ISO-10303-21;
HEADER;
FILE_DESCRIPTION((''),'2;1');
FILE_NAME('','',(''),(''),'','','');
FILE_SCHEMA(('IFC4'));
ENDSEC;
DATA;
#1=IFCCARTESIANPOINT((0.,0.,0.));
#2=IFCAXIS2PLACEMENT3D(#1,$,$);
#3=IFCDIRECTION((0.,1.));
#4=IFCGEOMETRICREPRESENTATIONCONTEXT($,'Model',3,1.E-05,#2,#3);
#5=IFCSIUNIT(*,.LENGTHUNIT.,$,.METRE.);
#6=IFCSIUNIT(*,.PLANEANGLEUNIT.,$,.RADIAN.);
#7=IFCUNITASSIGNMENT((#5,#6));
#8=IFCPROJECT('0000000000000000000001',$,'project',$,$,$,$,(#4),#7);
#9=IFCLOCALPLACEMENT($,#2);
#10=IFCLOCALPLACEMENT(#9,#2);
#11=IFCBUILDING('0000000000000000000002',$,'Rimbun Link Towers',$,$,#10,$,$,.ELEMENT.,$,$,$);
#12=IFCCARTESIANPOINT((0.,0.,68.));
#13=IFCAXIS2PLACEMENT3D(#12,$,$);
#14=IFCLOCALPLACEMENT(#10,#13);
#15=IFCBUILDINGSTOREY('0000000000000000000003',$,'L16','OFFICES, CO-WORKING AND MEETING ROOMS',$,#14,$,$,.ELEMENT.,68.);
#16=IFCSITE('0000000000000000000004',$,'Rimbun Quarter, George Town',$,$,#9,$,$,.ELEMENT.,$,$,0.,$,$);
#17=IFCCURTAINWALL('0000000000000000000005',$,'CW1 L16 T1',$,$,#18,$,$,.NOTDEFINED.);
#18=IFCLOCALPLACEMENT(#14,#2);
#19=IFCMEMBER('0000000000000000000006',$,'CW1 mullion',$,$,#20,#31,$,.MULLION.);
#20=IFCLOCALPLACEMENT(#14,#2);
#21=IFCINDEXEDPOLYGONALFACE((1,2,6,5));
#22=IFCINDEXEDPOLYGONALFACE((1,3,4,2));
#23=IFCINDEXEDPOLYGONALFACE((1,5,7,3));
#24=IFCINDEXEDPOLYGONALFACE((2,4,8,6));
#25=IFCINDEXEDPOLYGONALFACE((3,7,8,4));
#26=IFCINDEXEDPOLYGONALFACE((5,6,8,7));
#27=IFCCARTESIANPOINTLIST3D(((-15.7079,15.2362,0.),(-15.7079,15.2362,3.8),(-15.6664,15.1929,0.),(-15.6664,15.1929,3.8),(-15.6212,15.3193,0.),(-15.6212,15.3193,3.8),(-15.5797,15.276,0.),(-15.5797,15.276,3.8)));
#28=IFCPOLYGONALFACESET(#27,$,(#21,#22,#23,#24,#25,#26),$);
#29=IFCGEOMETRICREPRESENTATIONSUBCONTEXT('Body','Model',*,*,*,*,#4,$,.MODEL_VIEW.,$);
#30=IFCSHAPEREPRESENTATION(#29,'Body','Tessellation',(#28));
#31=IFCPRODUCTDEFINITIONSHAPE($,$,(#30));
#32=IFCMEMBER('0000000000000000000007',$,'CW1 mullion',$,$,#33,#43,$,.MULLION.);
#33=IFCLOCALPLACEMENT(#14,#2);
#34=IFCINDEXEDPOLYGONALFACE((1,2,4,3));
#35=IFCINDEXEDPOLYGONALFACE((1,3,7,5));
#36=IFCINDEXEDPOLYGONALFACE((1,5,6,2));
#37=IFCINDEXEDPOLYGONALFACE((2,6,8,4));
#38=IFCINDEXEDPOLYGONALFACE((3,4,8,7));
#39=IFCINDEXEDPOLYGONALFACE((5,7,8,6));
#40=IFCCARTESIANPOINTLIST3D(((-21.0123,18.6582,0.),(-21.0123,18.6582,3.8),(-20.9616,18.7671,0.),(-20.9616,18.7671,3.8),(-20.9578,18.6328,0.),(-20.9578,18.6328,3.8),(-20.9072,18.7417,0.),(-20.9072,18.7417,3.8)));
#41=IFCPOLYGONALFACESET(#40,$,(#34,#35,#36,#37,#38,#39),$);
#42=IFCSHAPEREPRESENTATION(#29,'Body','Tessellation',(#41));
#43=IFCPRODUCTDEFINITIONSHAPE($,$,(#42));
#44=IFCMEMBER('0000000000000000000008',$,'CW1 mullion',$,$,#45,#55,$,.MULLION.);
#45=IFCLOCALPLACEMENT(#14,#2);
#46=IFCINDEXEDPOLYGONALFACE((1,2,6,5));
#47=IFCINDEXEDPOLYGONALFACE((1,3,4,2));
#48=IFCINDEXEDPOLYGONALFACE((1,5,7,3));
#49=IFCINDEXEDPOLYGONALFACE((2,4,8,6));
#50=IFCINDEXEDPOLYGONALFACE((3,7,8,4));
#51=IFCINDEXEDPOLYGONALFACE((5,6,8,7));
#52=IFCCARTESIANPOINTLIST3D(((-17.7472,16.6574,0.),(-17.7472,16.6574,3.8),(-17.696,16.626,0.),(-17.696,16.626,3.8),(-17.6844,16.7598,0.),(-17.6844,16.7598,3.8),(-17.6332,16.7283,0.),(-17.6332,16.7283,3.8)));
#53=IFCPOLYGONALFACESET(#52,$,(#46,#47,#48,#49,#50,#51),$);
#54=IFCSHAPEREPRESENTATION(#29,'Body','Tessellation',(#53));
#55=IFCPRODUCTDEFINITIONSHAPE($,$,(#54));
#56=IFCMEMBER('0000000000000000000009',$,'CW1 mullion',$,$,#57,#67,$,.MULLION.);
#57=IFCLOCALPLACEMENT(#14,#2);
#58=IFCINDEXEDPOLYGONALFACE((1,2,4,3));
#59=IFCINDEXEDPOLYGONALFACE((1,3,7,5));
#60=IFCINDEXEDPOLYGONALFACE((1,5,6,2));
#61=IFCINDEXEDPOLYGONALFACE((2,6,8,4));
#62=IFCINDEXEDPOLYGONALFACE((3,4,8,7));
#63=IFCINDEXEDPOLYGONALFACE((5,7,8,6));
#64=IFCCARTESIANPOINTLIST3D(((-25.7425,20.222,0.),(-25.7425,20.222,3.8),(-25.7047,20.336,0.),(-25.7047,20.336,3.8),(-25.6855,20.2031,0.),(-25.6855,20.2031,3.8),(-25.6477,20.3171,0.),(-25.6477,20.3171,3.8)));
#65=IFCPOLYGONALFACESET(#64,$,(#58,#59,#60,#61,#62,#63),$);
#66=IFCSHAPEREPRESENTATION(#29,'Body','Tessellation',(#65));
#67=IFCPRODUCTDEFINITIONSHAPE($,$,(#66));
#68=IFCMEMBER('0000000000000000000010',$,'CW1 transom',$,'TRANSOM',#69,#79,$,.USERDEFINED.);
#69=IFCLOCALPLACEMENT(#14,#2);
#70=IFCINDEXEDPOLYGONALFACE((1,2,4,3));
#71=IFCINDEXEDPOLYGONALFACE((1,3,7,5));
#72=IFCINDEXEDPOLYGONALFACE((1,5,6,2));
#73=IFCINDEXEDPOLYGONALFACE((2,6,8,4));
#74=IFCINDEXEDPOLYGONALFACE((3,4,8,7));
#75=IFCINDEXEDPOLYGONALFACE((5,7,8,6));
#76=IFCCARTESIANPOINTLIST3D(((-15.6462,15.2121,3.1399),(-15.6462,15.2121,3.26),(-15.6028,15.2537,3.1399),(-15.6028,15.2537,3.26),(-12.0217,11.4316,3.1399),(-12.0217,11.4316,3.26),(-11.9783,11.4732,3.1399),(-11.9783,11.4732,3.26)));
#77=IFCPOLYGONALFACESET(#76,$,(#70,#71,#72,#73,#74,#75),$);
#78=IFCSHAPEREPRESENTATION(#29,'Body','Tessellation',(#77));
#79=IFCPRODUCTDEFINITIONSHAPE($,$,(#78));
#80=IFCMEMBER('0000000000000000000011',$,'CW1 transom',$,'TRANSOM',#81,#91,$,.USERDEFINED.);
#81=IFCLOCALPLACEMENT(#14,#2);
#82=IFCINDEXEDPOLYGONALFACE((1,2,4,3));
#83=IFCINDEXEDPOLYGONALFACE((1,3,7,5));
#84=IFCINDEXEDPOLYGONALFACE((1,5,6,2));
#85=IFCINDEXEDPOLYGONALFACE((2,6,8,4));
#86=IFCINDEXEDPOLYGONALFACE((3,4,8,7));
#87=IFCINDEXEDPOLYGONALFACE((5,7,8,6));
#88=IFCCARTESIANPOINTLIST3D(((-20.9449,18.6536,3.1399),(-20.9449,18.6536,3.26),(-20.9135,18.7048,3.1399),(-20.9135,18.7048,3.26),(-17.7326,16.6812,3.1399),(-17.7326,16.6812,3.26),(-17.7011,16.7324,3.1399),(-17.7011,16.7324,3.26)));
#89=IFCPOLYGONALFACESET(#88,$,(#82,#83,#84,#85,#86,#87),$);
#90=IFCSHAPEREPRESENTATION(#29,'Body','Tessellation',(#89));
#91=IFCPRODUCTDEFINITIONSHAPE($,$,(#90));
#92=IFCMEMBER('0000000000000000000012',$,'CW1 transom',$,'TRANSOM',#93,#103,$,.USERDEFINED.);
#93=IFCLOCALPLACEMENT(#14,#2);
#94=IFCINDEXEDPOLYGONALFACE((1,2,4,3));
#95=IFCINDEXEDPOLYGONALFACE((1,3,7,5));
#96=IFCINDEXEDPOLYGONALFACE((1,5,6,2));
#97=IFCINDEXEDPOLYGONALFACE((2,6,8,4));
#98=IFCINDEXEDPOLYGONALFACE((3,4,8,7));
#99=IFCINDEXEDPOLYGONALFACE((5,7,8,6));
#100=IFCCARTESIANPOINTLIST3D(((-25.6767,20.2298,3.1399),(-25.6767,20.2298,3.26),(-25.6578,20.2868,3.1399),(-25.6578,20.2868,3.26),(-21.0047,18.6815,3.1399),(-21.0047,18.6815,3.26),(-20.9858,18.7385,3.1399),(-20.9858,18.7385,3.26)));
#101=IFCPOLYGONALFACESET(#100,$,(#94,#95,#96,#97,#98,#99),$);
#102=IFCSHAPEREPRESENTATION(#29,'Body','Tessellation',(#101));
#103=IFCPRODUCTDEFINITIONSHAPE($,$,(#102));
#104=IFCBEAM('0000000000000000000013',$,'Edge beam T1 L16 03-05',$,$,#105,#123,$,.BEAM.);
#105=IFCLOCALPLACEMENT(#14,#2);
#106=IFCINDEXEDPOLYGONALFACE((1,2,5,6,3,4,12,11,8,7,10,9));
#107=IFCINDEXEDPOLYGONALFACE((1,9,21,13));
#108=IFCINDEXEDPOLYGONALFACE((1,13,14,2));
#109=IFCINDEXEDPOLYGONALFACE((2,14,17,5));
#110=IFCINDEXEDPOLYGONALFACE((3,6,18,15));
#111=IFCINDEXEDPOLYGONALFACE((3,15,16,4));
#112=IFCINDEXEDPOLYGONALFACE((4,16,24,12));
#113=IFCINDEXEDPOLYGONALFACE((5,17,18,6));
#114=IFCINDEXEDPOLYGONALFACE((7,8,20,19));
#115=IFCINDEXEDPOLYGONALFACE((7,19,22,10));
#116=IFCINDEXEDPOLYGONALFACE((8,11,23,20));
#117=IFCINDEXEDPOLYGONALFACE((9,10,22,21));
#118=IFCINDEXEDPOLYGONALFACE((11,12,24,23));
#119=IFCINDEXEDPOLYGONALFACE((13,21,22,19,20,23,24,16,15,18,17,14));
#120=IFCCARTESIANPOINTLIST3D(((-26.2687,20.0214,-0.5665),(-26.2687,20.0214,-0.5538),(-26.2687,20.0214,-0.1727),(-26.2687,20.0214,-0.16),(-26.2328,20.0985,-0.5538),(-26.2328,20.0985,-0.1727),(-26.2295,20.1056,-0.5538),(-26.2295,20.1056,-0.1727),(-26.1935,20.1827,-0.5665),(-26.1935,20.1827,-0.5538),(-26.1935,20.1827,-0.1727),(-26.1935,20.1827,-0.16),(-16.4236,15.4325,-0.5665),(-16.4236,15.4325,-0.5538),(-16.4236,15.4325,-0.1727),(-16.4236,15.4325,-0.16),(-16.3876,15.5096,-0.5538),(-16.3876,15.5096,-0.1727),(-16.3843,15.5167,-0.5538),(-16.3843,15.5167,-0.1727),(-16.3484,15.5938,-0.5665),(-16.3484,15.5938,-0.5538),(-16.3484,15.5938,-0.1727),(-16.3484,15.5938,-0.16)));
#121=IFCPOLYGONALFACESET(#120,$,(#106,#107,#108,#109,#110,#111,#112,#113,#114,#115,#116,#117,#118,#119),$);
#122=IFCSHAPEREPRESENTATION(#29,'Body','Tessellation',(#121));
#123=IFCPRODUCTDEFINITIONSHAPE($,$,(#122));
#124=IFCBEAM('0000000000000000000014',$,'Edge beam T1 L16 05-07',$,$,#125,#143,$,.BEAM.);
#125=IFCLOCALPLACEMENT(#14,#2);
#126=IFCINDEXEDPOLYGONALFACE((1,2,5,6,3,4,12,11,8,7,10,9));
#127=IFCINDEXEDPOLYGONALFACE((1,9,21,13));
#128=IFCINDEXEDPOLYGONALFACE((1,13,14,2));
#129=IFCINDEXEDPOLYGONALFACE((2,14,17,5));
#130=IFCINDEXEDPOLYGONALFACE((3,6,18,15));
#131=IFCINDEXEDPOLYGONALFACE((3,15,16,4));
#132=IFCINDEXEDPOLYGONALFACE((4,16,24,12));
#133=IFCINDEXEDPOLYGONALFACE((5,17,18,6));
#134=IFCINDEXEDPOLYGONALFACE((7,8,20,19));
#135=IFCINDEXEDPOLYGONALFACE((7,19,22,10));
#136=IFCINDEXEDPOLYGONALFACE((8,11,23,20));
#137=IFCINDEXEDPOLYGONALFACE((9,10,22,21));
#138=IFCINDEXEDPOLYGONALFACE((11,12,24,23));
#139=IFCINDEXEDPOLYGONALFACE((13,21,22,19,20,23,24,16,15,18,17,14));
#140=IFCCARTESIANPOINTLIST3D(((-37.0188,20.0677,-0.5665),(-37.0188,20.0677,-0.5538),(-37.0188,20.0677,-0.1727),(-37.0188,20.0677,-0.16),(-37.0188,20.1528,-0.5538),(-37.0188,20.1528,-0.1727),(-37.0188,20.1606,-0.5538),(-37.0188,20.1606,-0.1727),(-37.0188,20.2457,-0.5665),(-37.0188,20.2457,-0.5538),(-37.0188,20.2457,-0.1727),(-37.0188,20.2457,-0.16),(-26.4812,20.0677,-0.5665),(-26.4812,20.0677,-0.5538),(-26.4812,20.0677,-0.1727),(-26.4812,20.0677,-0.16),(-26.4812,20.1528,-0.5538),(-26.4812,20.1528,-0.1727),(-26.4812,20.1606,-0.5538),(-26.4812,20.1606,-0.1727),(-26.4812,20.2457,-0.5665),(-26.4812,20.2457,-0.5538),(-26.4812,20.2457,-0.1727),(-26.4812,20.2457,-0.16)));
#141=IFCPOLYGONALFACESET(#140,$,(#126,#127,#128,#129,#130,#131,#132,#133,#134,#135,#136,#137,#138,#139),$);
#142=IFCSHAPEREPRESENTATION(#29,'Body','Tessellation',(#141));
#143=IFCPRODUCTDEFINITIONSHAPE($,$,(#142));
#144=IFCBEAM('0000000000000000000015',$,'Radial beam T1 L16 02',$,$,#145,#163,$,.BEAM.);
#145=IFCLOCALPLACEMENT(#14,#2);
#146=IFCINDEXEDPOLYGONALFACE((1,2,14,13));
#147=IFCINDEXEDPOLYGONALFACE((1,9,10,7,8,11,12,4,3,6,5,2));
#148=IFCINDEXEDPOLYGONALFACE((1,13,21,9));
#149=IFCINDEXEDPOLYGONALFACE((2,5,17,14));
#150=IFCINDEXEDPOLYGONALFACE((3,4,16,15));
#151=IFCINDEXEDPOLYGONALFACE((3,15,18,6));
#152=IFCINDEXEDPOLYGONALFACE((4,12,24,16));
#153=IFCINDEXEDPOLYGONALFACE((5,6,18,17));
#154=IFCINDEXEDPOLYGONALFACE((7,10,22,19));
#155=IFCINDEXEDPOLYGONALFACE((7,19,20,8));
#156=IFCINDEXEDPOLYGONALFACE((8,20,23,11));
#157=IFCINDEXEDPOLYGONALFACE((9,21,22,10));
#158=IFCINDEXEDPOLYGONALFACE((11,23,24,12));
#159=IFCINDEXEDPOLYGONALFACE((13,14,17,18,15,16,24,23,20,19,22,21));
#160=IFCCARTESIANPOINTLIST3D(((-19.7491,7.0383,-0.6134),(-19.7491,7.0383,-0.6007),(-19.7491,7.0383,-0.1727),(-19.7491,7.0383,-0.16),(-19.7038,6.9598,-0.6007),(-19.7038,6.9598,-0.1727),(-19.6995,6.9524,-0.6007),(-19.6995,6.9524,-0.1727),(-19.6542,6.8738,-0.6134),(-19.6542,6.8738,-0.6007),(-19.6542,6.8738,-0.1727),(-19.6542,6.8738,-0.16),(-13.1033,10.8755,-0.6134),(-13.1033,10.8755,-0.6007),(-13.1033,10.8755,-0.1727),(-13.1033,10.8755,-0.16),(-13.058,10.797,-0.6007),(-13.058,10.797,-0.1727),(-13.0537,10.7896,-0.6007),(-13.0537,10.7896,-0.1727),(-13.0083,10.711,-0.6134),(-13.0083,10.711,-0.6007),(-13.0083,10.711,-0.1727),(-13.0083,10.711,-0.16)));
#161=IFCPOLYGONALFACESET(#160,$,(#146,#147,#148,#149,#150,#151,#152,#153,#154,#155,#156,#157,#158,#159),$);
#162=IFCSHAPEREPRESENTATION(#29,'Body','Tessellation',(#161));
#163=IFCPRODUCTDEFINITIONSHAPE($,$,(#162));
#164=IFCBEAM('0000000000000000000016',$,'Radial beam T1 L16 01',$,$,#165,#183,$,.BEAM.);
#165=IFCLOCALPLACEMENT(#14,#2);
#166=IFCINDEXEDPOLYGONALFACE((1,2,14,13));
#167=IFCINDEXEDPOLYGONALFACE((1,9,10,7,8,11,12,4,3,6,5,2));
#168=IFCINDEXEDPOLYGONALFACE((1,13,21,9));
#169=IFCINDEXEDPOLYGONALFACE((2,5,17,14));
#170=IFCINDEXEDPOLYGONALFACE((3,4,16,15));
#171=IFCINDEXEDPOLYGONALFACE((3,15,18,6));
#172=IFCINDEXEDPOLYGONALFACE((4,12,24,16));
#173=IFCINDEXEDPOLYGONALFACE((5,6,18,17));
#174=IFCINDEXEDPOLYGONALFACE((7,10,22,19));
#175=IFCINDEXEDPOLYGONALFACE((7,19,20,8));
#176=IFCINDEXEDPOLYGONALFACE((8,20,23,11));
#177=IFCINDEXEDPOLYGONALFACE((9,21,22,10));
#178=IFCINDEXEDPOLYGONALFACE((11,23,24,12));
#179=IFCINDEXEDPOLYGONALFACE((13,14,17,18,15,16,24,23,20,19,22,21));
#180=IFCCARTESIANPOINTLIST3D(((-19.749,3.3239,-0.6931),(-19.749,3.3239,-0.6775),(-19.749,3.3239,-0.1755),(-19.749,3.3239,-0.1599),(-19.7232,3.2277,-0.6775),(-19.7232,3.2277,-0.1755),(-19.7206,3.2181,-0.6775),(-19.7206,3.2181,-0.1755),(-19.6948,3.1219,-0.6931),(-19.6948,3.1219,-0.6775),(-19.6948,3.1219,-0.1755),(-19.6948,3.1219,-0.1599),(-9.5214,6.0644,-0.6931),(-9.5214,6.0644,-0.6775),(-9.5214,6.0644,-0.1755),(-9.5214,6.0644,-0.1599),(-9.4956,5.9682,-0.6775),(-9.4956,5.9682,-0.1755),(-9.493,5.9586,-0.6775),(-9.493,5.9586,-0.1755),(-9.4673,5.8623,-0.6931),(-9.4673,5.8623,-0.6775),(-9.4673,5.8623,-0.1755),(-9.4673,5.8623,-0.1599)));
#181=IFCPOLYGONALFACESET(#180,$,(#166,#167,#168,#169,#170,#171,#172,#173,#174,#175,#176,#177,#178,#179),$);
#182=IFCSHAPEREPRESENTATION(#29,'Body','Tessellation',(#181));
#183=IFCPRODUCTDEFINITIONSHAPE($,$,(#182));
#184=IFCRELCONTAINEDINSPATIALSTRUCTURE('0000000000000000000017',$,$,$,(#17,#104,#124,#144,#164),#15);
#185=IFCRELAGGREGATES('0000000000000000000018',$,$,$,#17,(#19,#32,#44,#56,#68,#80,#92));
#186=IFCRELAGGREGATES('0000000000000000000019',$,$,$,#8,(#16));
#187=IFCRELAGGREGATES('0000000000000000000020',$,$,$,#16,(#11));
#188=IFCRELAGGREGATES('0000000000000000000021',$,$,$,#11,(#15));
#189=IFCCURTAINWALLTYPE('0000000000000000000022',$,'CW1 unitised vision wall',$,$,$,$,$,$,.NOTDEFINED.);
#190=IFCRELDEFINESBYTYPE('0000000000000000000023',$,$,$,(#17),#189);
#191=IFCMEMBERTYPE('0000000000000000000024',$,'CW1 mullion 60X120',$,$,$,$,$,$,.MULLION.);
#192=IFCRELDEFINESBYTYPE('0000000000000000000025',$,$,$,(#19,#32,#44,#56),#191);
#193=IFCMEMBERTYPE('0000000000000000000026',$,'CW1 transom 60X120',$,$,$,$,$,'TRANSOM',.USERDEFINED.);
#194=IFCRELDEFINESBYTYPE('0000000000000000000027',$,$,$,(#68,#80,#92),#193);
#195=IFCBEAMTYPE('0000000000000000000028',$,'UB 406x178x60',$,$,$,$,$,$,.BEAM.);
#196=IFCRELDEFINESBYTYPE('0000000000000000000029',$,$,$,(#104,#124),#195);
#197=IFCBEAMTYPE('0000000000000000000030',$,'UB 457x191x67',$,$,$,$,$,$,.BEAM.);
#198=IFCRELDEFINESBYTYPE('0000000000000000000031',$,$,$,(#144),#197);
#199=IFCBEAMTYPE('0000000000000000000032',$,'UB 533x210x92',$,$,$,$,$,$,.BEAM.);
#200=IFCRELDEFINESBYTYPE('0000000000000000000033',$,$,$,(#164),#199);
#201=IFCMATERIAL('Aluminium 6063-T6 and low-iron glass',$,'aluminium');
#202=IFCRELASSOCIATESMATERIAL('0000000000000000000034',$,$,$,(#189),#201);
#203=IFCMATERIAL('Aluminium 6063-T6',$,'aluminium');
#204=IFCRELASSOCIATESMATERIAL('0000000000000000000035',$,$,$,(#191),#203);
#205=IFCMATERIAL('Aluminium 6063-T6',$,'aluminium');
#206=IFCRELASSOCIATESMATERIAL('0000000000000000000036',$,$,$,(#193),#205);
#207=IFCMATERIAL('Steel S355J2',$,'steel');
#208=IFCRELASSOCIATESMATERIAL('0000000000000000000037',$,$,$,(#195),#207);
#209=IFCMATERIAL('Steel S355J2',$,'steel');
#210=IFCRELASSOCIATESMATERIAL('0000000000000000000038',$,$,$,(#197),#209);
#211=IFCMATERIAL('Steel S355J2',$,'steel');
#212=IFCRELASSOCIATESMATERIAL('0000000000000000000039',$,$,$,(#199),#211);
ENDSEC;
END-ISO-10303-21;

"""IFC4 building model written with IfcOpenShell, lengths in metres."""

from ifc_helpers import new_model, si_unit, direction, frame, origin, origin_2d, place, context, subcontext, project, spatial, rectangle, i_section, extrude, material, material_profile, profile_set, type_object, element, aggregate, save


model = new_model("IFC4")

# Units and contexts
model_context = context("Model", 3, precision=1e-05, world=origin(), true_north=direction((0.0, 1.0)))
body_context = subcontext(model_context, "Body", "Model", "MODEL_VIEW")
ifc_project = project(units=[si_unit("LENGTHUNIT", "METRE"), si_unit("PLANEANGLEUNIT", "RADIAN")], contexts=[model_context])

# Site, building, storey
site_placement = place(None, origin())
site = spatial("IfcSite", under=ifc_project, at=site_placement, Name="Rimbun Quarter, George Town", CompositionType="ELEMENT", RefElevation=0.0)
building_placement = place(site_placement, origin())
building = spatial("IfcBuilding", under=site, at=building_placement, Name="Rimbun Link Towers", CompositionType="ELEMENT")
storey_placement = place(building_placement, frame((0.0, 0.0, 68.0)))
storey = spatial("IfcBuildingStorey", under=building, at=storey_placement, Name="L16", Description="OFFICES, CO-WORKING AND MEETING ROOMS", CompositionType="ELEMENT", Elevation=68.0)

# Curtain wall, members
ifc_material_1 = material(Name="Aluminium 6063-T6 and low-iron glass", Category="aluminium")
curtain_wall_type = type_object("IfcCurtainWallType", Name="CW1 unitised vision wall", PredefinedType="NOTDEFINED", material=ifc_material_1)
curtain_wall_placement = place(storey_placement, origin())
curtain_wall = element("IfcCurtainWall", 1, at=curtain_wall_placement, inside=storey, type_object=curtain_wall_type, Name="CW1 L16 T1", PredefinedType="NOTDEFINED")
ifc_material_2 = material(Name="Aluminium 6063-T6", Category="aluminium")
ifc_material_profile_1 = material_profile(ifc_material_2, rectangle(XDim=0.1201, YDim=0.0601, at=origin_2d()), Name="MULLION 60X120")
ifc_profile_set_1 = profile_set([ifc_material_profile_1], Name="Aluminium 6063-T6")
member_type_1 = type_object("IfcMemberType", Name="CW1 mullion 60X120", PredefinedType="MULLION", material=ifc_profile_set_1)
member_1_placement = place(storey_placement, frame((-15.6438, 15.2561, 0.0), z_axis=(0.0, 0.0, 1.0), x_axis=(0.721854, 0.692045, 0.0)))
member_1 = element("IfcMember", 2, at=member_1_placement, type_object=member_type_1, Name="CW1 mullion", PredefinedType="MULLION", context=body_context, shape_type="SweptSolid", body=[
    extrude(rectangle(XDim=0.1201, YDim=0.0601, at=origin_2d()), origin(), (0.0, 0.0, 1.0), 3.8),
])
member_2_placement = place(storey_placement, frame((-20.9597, 18.7, 0.0), z_axis=(0.0, 0.0, 1.0), x_axis=(0.421699, 0.906736, 0.0)))
member_2 = element("IfcMember", 3, at=member_2_placement, type_object=member_type_1, Name="CW1 mullion", PredefinedType="MULLION", context=body_context, shape_type="SweptSolid", body=[
    extrude(rectangle(XDim=0.1201, YDim=0.0601, at=origin_2d()), origin(), (0.0, 0.0, 1.0), 3.8),
])
member_3_placement = place(storey_placement, frame((-17.6902, 16.6929, 0.0), z_axis=(0.0, 0.0, 1.0), x_axis=(0.523239, 0.852186, 0.0)))
member_3 = element("IfcMember", 4, at=member_3_placement, type_object=member_type_1, Name="CW1 mullion", PredefinedType="MULLION", context=body_context, shape_type="SweptSolid", body=[
    extrude(rectangle(XDim=0.1201, YDim=0.0601, at=origin_2d()), origin(), (0.0, 0.0, 1.0), 3.8),
])
member_4_placement = place(storey_placement, frame((-25.6951, 20.2695, 0.0), z_axis=(0.0, 0.0, 1.0), x_axis=(0.314556, 0.949239, 0.0)))
member_4 = element("IfcMember", 5, at=member_4_placement, type_object=member_type_1, Name="CW1 mullion", PredefinedType="MULLION", context=body_context, shape_type="SweptSolid", body=[
    extrude(rectangle(XDim=0.1201, YDim=0.0601, at=origin_2d()), origin(), (0.0, 0.0, 1.0), 3.8),
])
ifc_material_3 = material(Name="Aluminium 6063-T6", Category="aluminium")
ifc_material_profile_2 = material_profile(ifc_material_3, rectangle(XDim=0.0601, YDim=0.1201, at=origin_2d()), Name="TRANSOM 60X120")
ifc_profile_set_2 = profile_set([ifc_material_profile_2], Name="Aluminium 6063-T6")
member_type_2 = type_object("IfcMemberType", Name="CW1 transom 60X120", ElementType="TRANSOM", PredefinedType="USERDEFINED", material=ifc_profile_set_2)
member_5_placement = place(storey_placement, frame((-15.6245, 15.2329, 3.2), z_axis=(0.692056, -0.721844, 0.0), x_axis=(0.721844, 0.692056, 0.0)))
member_5 = element("IfcMember", 6, at=member_5_placement, type_object=member_type_2, Name="CW1 transom", ObjectType="TRANSOM", PredefinedType="USERDEFINED", context=body_context, shape_type="SweptSolid", body=[
    extrude(rectangle(XDim=0.0601, YDim=0.1201, at=origin_2d()), origin(), (0.0, 0.0, 1.0), 5.2373),
])
member_6_placement = place(storey_placement, frame((-20.9292, 18.6792, 3.2), z_axis=(0.852185, -0.523241, 0.0), x_axis=(0.523241, 0.852185, 0.0)))
member_6 = element("IfcMember", 7, at=member_6_placement, type_object=member_type_2, Name="CW1 transom", ObjectType="TRANSOM", PredefinedType="USERDEFINED", context=body_context, shape_type="SweptSolid", body=[
    extrude(rectangle(XDim=0.0601, YDim=0.1201, at=origin_2d()), origin(), (0.0, 0.0, 1.0), 3.7695),
])
member_7_placement = place(storey_placement, frame((-25.6672, 20.2583, 3.2), z_axis=(0.949232, -0.314576, 0.0), x_axis=(0.314576, 0.949232, 0.0)))
member_7 = element("IfcMember", 8, at=member_7_placement, type_object=member_type_2, Name="CW1 transom", ObjectType="TRANSOM", PredefinedType="USERDEFINED", context=body_context, shape_type="SweptSolid", body=[
    extrude(rectangle(XDim=0.0601, YDim=0.1201, at=origin_2d()), origin(), (0.0, 0.0, 1.0), 4.9219),
])

# Beams
ifc_material_4 = material(Name="Steel S355J2", Category="steel")
ifc_material_profile_3 = material_profile(ifc_material_4, i_section(OverallWidth=0.178, OverallDepth=0.4065, WebThickness=0.0078, FlangeThickness=0.0127, at=origin_2d()), Name="UB 406x178x60")
ifc_profile_set_3 = profile_set([ifc_material_profile_3], Name="Steel S355J2")
beam_type_1 = type_object("IfcBeamType", Name="UB 406x178x60", PredefinedType="BEAM", material=ifc_profile_set_3)
beam_1_placement = place(storey_placement, frame((-16.386, 15.5132, -0.3633), z_axis=(-0.906379, 0.422465, 0.0), x_axis=(-0.422465, -0.906379, 0.0)))
element("IfcBeam", 9, at=beam_1_placement, inside=storey, type_object=beam_type_1, Name="Edge beam T1 L16 03-05", PredefinedType="BEAM", context=body_context, shape_type="SweptSolid", body=[
    extrude(i_section(OverallWidth=0.178, OverallDepth=0.4065, WebThickness=0.0078, FlangeThickness=0.0127, at=origin_2d()), origin(), (0.0, 0.0, 1.0), 10.8621),
])
beam_2_placement = place(storey_placement, frame((-26.4812, 20.1567, -0.3633), z_axis=(-1.0, 0.0, 0.0), x_axis=(0.0, -1.0, 0.0)))
element("IfcBeam", 10, at=beam_2_placement, inside=storey, type_object=beam_type_1, Name="Edge beam T1 L16 05-07", PredefinedType="BEAM", context=body_context, shape_type="SweptSolid", body=[
    extrude(i_section(OverallWidth=0.178, OverallDepth=0.4065, WebThickness=0.0078, FlangeThickness=0.0127, at=origin_2d()), origin(), (0.0, 0.0, 1.0), 10.5376),
])
ifc_material_5 = material(Name="Steel S355J2", Category="steel")
ifc_material_profile_4 = material_profile(ifc_material_5, i_section(OverallWidth=0.1899, OverallDepth=0.4534, WebThickness=0.0085, FlangeThickness=0.0127, at=origin_2d()), Name="UB 457x191x67")
ifc_profile_set_4 = profile_set([ifc_material_profile_4], Name="Steel S355J2")
beam_type_2 = type_object("IfcBeamType", Name="UB 457x191x67", PredefinedType="BEAM", material=ifc_profile_set_4)
beam_3_placement = place(storey_placement, frame((-19.7017, 6.9561, -0.3867), z_axis=(0.866012, 0.500023, 0.0), x_axis=(-0.500023, 0.866012, 0.0)))
element("IfcBeam", 11, at=beam_3_placement, inside=storey, type_object=beam_type_2, Name="Radial beam T1 L16 02", PredefinedType="BEAM", context=body_context, shape_type="SweptSolid", body=[
    extrude(i_section(OverallWidth=0.1899, OverallDepth=0.4534, WebThickness=0.0085, FlangeThickness=0.0127, at=origin_2d()), origin(), (0.0, 0.0, 1.0), 7.6741),
])
ifc_material_6 = material(Name="Steel S355J2", Category="steel")
ifc_material_profile_5 = material_profile(ifc_material_6, i_section(OverallWidth=0.2092, OverallDepth=0.5332, WebThickness=0.01, FlangeThickness=0.0156, at=origin_2d()), Name="UB 533x210x92")
ifc_profile_set_5 = profile_set([ifc_material_profile_5], Name="Steel S355J2")
beam_type_3 = type_object("IfcBeamType", Name="UB 533x210x92", PredefinedType="BEAM", material=ifc_profile_set_5)
beam_4_placement = place(storey_placement, frame((-19.7219, 3.2229, -0.4265), z_axis=(0.965925, 0.258821, 0.0), x_axis=(-0.258821, 0.965925, 0.0)))
element("IfcBeam", 12, at=beam_4_placement, inside=storey, type_object=beam_type_3, Name="Radial beam T1 L16 01", PredefinedType="BEAM", context=body_context, shape_type="SweptSolid", body=[
    extrude(i_section(OverallWidth=0.2092, OverallDepth=0.5332, WebThickness=0.01, FlangeThickness=0.0156, at=origin_2d()), origin(), (0.0, 0.0, 1.0), 10.5884),
])

aggregate(curtain_wall, [member_1, member_2, member_3, member_4, member_5, member_6, member_7])

save(model, "model.ifc")
